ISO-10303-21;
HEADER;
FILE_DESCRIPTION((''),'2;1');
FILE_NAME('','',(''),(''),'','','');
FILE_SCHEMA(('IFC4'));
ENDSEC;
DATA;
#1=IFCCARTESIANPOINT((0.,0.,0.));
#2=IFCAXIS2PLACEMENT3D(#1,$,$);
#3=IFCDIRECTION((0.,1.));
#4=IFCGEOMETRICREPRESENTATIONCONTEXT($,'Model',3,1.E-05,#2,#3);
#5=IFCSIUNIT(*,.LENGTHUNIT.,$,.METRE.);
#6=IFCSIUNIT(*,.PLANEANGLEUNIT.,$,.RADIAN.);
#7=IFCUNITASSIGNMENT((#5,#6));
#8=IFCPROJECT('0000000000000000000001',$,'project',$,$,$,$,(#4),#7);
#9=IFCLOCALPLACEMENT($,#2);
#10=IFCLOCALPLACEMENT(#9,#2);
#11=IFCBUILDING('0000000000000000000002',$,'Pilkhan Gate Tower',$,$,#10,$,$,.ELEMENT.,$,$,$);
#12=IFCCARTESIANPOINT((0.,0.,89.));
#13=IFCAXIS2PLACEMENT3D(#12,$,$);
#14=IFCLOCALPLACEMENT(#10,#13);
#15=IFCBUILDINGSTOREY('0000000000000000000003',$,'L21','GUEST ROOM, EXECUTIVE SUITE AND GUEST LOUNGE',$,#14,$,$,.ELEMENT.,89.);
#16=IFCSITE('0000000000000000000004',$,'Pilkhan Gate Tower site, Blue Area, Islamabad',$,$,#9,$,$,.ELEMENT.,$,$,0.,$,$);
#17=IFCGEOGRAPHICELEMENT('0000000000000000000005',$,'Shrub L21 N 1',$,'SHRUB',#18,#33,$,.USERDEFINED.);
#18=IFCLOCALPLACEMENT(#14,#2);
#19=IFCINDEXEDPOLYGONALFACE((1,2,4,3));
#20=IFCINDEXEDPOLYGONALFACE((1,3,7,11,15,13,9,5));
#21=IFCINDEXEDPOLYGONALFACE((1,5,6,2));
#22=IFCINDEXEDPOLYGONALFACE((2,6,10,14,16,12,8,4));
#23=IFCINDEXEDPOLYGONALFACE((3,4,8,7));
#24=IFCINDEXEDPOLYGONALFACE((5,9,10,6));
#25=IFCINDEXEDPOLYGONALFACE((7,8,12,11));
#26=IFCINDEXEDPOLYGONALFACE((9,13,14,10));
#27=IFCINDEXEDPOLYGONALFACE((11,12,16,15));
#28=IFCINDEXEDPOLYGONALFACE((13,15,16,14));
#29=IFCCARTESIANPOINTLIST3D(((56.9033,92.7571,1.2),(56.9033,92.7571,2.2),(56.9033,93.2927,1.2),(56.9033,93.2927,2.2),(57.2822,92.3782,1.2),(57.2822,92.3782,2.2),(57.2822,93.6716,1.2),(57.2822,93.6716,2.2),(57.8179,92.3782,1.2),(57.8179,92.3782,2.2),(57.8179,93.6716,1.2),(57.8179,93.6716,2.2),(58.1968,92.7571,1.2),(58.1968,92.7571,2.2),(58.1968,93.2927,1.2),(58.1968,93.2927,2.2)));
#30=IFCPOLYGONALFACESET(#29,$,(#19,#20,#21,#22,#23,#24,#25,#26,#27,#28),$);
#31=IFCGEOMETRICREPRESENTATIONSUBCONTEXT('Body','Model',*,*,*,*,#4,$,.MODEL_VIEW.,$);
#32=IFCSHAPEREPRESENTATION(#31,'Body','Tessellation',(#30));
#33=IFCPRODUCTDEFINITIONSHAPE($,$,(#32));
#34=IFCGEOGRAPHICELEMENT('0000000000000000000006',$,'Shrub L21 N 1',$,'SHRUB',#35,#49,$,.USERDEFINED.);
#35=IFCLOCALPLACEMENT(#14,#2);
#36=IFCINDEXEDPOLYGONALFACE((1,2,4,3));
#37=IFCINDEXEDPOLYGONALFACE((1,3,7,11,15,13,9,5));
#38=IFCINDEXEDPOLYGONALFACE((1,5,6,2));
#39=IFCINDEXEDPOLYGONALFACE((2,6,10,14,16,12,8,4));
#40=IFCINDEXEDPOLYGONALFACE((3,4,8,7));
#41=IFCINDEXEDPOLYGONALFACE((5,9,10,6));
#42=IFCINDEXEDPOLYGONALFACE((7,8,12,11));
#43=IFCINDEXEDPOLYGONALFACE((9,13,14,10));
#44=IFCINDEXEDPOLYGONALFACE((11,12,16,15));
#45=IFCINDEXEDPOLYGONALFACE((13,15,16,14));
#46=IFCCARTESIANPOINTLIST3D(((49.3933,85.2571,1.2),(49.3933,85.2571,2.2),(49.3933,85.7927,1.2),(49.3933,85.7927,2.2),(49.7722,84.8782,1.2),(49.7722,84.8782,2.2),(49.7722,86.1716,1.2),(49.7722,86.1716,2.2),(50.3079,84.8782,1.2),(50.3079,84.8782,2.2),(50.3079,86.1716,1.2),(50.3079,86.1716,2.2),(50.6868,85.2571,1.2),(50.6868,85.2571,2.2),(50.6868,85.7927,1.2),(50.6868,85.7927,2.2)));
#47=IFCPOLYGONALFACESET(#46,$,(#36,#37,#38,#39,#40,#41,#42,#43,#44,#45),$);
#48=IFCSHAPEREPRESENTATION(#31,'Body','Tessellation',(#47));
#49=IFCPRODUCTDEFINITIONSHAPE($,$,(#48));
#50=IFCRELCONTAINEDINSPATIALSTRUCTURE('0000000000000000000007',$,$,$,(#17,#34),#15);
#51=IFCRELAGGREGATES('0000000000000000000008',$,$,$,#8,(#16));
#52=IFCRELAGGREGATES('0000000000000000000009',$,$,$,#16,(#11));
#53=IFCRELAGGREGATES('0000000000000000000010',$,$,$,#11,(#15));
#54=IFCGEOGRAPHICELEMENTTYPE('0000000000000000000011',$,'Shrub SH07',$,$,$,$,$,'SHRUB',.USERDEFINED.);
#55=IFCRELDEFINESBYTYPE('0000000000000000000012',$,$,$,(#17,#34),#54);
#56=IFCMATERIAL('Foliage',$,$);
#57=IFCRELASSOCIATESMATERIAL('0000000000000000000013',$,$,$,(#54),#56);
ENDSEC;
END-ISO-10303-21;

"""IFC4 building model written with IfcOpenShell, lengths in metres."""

from ifc_helpers import new_model, si_unit, direction, frame, origin, place, context, subcontext, project, spatial, polyline, outline, extrude, material, material_profile, profile_set, type_object, element, save


model = new_model("IFC4")

# Units and contexts
model_context = context("Model", 3, precision=1e-05, world=origin(), true_north=direction((0.0, 1.0)))
body_context = subcontext(model_context, "Body", "Model", "MODEL_VIEW")
ifc_project = project(units=[si_unit("LENGTHUNIT", "METRE"), si_unit("PLANEANGLEUNIT", "RADIAN")], contexts=[model_context])

# Site, building, storey
site_placement = place(None, origin())
site = spatial("IfcSite", under=ifc_project, at=site_placement, Name="Pilkhan Gate Tower site, Blue Area, Islamabad", CompositionType="ELEMENT", RefElevation=0.0)
building_placement = place(site_placement, origin())
building = spatial("IfcBuilding", under=site, at=building_placement, Name="Pilkhan Gate Tower", CompositionType="ELEMENT")
storey_placement = place(building_placement, frame((0.0, 0.0, 89.0)))
storey = spatial("IfcBuildingStorey", under=building, at=storey_placement, Name="L21", Description="GUEST ROOM, EXECUTIVE SUITE AND GUEST LOUNGE", CompositionType="ELEMENT", Elevation=89.0)

# Geographic elements
ifc_material_1 = material(Name="Foliage")
ifc_material_profile_1 = material_profile(ifc_material_1, outline(polyline([(0.6467, 0.2678), (0.2678, 0.6467), (-0.2678, 0.6467), (-0.6467, 0.2678), (-0.6467, -0.2678), (-0.2678, -0.6467), (0.2678, -0.6467), (0.6467, -0.2678), (0.6467, 0.2678)])), Name="Shrub D1.4")
ifc_profile_set_1 = profile_set([ifc_material_profile_1], Name="Foliage")
geographic_element_type_1 = type_object("IfcGeographicElementType", Name="Shrub SH07", ElementType="SHRUB", PredefinedType="USERDEFINED", material=ifc_profile_set_1)
for number, where, z_axis, x_axis, name in (
    (1, (57.55, 93.0249, 1.2), (0.0, 0.0, 1.0), (1.0, 0.0, 0.0), "Shrub L21 N 1"),
    (2, (50.04, 85.5249, 1.2), (0.0, 0.0, 1.0), (1.0, 0.0, 0.0), "Shrub L21 N 1"),
):
    element("IfcGeographicElement", number, at=place(storey_placement, frame(where, z_axis=z_axis, x_axis=x_axis)), inside=storey, type_object=geographic_element_type_1, Name=name, ObjectType="SHRUB", PredefinedType="USERDEFINED", context=body_context, shape_type="SweptSolid", body=[
        extrude(outline(polyline([(0.6467, 0.2678), (0.2678, 0.6467), (-0.2678, 0.6467), (-0.6467, 0.2678), (-0.6467, -0.2678), (-0.2678, -0.6467), (0.2678, -0.6467), (0.6467, -0.2678), (0.6467, 0.2678)])), origin(), (0.0, 0.0, 1.0), 1.0),
    ])

save(model, "model.ifc")
